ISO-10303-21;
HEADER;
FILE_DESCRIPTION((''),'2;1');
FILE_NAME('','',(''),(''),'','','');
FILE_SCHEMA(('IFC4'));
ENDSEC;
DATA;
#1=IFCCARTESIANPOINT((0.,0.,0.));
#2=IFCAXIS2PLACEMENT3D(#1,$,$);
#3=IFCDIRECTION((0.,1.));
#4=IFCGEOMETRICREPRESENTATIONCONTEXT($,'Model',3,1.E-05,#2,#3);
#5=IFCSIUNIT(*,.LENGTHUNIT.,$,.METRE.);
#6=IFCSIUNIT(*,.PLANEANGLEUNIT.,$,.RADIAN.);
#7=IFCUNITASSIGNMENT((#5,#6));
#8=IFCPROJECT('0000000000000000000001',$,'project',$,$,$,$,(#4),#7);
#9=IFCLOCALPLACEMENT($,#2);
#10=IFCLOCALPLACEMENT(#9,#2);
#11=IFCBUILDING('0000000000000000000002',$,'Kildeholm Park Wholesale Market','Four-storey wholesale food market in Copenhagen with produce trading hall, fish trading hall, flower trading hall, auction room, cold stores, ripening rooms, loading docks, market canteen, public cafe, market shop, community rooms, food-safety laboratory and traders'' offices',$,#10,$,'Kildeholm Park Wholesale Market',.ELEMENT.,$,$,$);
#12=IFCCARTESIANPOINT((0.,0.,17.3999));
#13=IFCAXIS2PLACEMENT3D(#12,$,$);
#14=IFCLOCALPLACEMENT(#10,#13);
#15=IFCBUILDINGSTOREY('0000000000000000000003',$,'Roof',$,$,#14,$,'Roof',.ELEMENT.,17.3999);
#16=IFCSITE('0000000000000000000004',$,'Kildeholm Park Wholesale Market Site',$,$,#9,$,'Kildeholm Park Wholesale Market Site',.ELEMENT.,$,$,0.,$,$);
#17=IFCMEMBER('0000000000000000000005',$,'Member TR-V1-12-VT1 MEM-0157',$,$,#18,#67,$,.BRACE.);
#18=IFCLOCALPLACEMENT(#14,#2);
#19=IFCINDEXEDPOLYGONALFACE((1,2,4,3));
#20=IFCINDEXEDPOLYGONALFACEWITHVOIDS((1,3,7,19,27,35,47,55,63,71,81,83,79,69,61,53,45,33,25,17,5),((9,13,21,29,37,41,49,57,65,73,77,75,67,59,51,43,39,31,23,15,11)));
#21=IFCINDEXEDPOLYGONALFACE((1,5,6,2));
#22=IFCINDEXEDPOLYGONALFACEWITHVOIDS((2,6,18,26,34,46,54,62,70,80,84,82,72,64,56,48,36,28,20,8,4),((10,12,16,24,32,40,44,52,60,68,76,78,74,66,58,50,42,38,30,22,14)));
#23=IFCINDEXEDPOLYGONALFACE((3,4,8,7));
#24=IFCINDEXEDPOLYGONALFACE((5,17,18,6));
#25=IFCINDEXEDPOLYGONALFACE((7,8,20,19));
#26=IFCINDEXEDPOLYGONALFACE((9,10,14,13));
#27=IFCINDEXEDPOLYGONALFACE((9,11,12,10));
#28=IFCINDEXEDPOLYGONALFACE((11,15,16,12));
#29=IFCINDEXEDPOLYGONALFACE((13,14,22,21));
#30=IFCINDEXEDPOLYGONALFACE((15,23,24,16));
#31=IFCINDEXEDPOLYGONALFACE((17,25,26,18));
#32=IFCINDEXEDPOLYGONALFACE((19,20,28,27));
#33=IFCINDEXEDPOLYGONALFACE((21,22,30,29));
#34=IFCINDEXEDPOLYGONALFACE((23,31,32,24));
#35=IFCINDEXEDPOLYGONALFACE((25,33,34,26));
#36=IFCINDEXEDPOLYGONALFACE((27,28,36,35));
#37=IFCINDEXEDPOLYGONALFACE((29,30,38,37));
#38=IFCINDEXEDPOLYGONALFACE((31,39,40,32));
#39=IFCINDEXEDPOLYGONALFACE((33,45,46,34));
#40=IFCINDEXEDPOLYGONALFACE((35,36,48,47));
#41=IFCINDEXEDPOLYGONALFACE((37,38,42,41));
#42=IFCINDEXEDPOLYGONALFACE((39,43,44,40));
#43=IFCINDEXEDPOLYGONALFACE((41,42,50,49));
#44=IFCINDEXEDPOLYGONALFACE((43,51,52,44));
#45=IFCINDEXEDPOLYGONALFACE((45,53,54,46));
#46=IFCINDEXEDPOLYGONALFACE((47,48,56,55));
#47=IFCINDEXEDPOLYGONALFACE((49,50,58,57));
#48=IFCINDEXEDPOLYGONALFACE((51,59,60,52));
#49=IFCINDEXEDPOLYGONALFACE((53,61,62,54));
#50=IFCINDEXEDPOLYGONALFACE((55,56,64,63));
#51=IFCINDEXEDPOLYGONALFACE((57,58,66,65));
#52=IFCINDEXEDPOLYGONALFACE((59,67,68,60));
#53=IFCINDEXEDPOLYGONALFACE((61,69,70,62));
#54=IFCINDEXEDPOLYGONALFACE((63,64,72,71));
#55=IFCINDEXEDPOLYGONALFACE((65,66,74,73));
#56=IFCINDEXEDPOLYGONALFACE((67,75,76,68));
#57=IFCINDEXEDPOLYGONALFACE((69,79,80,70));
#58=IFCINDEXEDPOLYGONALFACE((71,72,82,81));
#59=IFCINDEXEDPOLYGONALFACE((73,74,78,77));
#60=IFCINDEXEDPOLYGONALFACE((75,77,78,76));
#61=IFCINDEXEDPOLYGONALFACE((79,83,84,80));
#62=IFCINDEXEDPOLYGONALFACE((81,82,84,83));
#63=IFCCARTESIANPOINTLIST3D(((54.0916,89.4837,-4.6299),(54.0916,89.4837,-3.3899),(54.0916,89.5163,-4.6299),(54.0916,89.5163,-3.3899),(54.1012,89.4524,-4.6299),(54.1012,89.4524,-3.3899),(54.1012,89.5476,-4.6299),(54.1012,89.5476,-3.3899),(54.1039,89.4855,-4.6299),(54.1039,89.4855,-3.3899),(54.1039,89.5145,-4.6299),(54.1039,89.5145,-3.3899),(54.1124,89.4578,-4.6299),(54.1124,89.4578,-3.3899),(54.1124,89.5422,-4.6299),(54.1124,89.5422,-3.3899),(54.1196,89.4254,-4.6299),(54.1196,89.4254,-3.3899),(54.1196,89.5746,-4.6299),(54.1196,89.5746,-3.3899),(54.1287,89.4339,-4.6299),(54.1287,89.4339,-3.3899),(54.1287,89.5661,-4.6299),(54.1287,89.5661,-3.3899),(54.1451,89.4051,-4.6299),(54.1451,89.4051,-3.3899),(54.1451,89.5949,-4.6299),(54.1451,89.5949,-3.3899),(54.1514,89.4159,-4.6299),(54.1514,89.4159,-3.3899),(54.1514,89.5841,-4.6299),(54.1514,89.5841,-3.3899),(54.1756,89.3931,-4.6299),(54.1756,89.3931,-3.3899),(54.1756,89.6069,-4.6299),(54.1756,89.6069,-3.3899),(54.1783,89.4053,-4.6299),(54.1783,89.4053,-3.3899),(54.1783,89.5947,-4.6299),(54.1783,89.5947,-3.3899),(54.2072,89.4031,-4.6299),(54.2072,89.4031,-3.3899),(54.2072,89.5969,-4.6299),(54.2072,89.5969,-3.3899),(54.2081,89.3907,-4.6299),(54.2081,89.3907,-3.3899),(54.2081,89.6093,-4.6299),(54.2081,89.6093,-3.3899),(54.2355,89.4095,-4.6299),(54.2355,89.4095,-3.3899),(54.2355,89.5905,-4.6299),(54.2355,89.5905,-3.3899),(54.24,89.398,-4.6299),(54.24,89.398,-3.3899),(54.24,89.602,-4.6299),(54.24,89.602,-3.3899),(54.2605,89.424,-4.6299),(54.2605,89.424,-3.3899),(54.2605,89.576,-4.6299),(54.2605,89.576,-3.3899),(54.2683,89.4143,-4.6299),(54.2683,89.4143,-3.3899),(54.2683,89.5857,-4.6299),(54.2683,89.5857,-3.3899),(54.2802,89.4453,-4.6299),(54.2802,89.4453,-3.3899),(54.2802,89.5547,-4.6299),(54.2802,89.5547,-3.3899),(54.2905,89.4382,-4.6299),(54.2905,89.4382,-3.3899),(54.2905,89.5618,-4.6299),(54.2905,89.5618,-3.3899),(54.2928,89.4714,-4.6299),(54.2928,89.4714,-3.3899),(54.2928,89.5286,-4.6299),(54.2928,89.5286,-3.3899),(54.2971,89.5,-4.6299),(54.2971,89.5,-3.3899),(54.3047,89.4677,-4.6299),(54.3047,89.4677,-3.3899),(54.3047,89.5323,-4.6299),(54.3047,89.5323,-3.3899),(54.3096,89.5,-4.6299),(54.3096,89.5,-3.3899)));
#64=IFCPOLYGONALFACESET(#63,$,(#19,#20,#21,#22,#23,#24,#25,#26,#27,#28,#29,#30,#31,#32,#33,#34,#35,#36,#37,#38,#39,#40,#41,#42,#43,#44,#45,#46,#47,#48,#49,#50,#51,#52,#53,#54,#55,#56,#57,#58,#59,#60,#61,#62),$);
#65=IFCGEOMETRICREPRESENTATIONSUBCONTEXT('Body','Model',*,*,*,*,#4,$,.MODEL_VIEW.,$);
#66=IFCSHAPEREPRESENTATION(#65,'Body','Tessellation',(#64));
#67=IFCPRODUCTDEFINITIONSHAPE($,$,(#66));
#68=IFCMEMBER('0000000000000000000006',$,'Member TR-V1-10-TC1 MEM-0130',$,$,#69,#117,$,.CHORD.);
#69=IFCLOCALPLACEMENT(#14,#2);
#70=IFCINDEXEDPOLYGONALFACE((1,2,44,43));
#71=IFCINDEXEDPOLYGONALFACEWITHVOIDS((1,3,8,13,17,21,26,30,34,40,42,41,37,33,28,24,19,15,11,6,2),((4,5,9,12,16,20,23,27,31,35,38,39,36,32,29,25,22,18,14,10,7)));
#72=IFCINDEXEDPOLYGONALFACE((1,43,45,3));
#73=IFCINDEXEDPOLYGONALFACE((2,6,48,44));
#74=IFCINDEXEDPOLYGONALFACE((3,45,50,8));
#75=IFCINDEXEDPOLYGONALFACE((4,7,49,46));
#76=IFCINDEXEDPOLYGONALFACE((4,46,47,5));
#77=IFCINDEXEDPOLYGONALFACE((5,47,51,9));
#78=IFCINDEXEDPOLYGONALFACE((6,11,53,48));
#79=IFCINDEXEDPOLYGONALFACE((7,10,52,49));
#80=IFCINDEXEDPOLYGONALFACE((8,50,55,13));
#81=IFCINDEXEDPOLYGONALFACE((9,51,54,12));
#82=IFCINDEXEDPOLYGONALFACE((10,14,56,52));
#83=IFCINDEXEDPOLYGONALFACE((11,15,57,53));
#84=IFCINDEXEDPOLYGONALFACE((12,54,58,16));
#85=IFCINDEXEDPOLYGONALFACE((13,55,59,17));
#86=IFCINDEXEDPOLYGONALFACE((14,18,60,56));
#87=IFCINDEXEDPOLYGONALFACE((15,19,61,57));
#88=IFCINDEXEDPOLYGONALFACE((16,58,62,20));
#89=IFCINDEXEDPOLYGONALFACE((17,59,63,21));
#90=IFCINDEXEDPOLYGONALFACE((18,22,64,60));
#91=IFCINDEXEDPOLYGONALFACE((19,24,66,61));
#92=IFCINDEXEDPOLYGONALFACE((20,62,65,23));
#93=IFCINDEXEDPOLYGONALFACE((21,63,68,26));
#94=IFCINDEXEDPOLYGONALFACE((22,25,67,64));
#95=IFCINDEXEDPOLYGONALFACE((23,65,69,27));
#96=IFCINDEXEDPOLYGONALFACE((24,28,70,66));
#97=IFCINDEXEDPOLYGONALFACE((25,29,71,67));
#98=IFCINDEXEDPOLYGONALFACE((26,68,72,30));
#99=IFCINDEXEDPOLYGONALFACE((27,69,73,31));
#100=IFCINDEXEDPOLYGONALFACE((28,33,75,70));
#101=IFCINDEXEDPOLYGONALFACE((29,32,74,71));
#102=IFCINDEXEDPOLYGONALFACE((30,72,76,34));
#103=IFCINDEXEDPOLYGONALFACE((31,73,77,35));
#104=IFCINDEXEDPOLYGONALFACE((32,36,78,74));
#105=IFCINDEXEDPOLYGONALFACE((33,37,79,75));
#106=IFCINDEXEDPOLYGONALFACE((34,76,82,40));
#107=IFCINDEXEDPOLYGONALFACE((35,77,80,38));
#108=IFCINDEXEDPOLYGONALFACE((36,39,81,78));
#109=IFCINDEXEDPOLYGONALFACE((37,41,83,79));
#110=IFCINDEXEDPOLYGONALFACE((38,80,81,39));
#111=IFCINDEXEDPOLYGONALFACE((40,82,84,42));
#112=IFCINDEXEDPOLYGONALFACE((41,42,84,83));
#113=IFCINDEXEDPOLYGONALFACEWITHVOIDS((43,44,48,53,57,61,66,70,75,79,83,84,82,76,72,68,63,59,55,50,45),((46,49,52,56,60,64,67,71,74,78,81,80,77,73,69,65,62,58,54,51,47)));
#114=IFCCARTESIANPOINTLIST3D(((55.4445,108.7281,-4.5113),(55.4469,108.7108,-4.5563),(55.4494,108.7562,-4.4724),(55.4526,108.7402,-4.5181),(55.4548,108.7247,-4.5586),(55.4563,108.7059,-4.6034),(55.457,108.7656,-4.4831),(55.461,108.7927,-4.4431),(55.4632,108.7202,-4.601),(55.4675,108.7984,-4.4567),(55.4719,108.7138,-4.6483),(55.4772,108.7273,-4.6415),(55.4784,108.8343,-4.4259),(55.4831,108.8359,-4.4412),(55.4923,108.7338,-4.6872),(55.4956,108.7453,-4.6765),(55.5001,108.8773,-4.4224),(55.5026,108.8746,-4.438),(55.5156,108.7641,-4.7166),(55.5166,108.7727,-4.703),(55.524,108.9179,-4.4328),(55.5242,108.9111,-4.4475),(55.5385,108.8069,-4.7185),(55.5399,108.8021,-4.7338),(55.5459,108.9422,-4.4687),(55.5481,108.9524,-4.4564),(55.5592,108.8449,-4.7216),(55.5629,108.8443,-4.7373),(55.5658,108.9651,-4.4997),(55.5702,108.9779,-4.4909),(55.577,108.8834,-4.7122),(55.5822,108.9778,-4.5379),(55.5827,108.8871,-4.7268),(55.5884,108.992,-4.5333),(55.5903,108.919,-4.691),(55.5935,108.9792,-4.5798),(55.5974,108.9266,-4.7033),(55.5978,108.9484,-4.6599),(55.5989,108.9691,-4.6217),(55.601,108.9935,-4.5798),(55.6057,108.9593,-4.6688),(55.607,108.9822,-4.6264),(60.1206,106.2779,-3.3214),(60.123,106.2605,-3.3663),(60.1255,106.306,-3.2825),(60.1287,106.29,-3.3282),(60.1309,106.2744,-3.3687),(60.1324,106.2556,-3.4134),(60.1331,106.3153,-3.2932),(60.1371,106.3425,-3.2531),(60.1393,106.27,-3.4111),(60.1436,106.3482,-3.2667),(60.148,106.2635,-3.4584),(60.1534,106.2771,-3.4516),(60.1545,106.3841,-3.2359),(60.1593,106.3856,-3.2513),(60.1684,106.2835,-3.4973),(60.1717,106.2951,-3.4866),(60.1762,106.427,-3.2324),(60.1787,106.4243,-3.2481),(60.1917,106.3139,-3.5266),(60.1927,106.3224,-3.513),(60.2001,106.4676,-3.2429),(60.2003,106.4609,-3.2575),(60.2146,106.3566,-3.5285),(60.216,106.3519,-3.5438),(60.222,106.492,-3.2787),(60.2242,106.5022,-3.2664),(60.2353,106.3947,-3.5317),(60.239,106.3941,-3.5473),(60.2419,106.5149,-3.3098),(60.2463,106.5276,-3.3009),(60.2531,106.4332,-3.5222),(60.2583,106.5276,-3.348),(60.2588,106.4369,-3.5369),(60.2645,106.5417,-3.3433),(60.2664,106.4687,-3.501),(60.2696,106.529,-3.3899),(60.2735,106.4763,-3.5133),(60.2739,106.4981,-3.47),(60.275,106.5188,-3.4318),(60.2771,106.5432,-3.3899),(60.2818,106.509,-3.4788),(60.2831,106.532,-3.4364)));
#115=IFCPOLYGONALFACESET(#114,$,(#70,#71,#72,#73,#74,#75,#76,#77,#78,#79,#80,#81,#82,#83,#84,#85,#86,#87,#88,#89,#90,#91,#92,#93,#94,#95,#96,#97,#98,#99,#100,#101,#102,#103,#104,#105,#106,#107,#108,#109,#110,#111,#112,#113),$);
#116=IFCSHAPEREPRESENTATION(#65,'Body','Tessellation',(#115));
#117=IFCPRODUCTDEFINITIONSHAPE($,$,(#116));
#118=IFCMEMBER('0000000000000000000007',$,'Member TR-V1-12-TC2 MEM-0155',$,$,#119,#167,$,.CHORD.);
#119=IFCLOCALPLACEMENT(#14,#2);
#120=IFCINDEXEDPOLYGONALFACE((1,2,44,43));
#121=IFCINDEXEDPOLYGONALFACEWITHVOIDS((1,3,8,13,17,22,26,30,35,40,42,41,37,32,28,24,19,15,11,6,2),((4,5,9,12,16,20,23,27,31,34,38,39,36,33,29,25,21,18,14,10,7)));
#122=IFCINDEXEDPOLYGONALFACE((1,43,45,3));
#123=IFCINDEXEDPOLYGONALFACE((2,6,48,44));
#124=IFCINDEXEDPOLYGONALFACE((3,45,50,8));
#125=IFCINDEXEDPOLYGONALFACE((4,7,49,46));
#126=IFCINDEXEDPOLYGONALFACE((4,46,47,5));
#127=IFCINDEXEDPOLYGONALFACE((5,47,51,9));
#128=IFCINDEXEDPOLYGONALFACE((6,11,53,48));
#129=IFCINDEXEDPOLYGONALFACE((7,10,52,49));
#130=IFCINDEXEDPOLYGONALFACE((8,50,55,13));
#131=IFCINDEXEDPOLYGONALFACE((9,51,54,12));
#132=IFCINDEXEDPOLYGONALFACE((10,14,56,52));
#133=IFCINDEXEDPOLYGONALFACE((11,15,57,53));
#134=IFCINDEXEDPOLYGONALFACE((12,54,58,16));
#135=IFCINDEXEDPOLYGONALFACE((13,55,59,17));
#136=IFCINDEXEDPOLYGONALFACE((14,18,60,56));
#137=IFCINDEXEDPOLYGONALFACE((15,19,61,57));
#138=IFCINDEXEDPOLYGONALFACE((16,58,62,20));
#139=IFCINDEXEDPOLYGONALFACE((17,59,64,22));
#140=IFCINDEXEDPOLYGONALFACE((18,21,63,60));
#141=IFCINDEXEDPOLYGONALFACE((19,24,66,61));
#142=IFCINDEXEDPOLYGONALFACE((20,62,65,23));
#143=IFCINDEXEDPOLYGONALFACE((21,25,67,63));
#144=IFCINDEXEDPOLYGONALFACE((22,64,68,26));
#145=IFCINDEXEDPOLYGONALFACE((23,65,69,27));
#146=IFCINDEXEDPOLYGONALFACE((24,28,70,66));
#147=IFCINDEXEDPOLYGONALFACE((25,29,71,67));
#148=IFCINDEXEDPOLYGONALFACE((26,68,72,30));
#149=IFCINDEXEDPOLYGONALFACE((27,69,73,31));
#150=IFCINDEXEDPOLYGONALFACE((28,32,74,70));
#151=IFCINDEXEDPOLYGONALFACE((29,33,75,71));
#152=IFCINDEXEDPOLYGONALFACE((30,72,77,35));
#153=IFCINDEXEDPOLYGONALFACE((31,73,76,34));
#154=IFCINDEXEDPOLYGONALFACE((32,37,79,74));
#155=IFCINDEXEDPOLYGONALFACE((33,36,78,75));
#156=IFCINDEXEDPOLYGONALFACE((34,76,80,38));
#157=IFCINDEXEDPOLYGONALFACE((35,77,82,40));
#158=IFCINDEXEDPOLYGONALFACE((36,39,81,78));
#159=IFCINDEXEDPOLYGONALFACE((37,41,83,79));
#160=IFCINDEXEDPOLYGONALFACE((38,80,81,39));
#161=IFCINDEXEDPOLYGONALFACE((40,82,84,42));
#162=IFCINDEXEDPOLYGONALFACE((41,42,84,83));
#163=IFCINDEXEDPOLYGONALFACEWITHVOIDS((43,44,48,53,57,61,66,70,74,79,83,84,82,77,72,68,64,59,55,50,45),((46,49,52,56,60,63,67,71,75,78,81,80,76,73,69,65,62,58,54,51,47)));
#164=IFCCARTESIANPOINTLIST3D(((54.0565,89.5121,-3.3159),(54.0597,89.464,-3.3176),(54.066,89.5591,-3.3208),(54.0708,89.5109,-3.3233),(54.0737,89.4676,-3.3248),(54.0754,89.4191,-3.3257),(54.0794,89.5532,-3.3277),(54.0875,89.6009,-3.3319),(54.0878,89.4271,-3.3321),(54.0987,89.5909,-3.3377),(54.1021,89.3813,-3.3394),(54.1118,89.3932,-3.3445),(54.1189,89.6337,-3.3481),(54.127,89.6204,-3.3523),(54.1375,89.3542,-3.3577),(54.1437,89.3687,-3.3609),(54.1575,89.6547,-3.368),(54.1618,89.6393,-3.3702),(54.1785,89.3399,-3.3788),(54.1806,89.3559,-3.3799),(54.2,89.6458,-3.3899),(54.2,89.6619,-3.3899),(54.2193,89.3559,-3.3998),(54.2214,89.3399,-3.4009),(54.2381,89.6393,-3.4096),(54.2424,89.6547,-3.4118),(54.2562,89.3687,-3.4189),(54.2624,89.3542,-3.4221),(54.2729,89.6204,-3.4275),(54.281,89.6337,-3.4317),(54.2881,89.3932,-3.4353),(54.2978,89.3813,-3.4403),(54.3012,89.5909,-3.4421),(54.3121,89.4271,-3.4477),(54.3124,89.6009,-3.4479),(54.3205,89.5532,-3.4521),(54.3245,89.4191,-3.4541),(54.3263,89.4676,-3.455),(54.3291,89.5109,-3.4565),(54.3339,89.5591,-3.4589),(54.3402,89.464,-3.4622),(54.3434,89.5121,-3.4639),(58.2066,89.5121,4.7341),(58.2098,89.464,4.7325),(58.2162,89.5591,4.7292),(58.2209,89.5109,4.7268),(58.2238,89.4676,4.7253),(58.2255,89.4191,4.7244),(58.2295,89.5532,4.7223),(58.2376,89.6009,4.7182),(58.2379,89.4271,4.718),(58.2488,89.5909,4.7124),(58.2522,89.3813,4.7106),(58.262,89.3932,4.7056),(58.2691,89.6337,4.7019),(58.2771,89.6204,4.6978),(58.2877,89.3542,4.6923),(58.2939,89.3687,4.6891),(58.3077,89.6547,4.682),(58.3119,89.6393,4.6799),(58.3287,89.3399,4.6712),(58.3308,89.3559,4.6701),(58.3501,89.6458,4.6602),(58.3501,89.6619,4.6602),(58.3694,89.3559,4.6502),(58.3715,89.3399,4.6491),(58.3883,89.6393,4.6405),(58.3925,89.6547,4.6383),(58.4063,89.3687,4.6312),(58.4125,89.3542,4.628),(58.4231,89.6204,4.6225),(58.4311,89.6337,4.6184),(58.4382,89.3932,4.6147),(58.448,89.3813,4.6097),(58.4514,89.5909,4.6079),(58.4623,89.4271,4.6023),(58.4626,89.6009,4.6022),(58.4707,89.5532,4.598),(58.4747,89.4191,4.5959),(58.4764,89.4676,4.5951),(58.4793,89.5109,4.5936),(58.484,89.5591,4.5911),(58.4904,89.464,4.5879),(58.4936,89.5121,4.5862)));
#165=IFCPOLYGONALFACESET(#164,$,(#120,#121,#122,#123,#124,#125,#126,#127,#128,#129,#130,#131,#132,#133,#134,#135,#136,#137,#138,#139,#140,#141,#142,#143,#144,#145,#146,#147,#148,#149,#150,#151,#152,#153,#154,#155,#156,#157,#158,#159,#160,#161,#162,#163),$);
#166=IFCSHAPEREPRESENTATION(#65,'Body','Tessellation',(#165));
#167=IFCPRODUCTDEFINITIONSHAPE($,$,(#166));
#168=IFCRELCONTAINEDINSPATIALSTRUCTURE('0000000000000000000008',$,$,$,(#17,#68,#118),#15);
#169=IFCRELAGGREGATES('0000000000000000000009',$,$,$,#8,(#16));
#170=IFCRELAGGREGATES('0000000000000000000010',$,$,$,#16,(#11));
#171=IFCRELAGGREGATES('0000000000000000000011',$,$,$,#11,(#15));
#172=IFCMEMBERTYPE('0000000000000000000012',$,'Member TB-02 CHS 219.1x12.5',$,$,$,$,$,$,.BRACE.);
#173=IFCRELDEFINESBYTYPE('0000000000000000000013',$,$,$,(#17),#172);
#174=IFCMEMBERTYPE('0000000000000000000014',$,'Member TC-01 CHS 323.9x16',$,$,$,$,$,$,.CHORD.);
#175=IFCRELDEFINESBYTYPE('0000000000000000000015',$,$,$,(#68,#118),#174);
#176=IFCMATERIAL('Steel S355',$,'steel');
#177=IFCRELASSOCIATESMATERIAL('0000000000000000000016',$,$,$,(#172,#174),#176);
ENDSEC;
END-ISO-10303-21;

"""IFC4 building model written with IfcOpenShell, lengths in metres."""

from ifc_helpers import new_model, si_unit, direction, frame, origin, origin_2d, place, context, subcontext, project, spatial, hollow_circle, extrude, material, material_profile, profile_set, type_object, element, save


model = new_model("IFC4")

# Units and contexts
model_context = context("Model", 3, precision=1e-05, world=origin(), true_north=direction((0.0, 1.0)))
body_context = subcontext(model_context, "Body", "Model", "MODEL_VIEW")
ifc_project = project(units=[si_unit("LENGTHUNIT", "METRE"), si_unit("PLANEANGLEUNIT", "RADIAN")], contexts=[model_context])

# Site, building, storey
site_placement = place(None, origin())
site = spatial("IfcSite", under=ifc_project, at=site_placement, Name="Kildeholm Park Wholesale Market Site", LongName="Kildeholm Park Wholesale Market Site", CompositionType="ELEMENT", RefElevation=0.0)
building_placement = place(site_placement, origin())
building = spatial("IfcBuilding", under=site, at=building_placement, Name="Kildeholm Park Wholesale Market", Description="Four-storey wholesale food market in Copenhagen with produce trading hall, fish trading hall, flower trading hall, auction room, cold stores, ripening rooms, loading docks, market canteen, public cafe, market shop, community rooms, food-safety laboratory and traders' offices", LongName="Kildeholm Park Wholesale Market", CompositionType="ELEMENT")
storey_placement = place(building_placement, frame((0.0, 0.0, 17.3999)))
storey = spatial("IfcBuildingStorey", under=building, at=storey_placement, Name="Roof", LongName="Roof", CompositionType="ELEMENT", Elevation=17.3999)

# Shared definitions
ifc_material_1 = material(Name="Steel S355", Category="steel")

# Members
ifc_material_profile_1 = material_profile(ifc_material_1, hollow_circle(Radius=0.1096, WallThickness=0.0125, at=origin_2d()), Name="CHS 219.1x12.5")
ifc_profile_set_1 = profile_set([ifc_material_profile_1], Name="Steel S355")
member_type_1 = type_object("IfcMemberType", Name="Member TB-02 CHS 219.1x12.5", PredefinedType="BRACE", material=ifc_profile_set_1)
for number, where, z_axis, x_axis, name in (
    (1, (54.2, 89.5, -4.6299), (0.0, 0.0, 1.0), (1.0, 0.0, 0.0), "Member TR-V1-12-VT1 MEM-0157"),
):
    element("IfcMember", number, at=place(storey_placement, frame(where, z_axis=z_axis, x_axis=x_axis)), inside=storey, type_object=member_type_1, Name=name, PredefinedType="BRACE", context=body_context, shape_type="SweptSolid", body=[
        extrude(hollow_circle(Radius=0.1096, WallThickness=0.0125, at=origin_2d()), origin(), (0.0, 0.0, 1.0), 1.24),
    ])
ifc_material_profile_2 = material_profile(ifc_material_1, hollow_circle(Radius=0.1619, WallThickness=0.0161, at=origin_2d()), Name="CHS 323.9x16")
ifc_profile_set_2 = profile_set([ifc_material_profile_2], Name="Steel S355")
member_type_2 = type_object("IfcMemberType", Name="Member TC-01 CHS 323.9x16", PredefinedType="CHORD", material=ifc_profile_set_2)
member_1_placement = place(storey_placement, frame((55.5259, 108.8501, -4.5798), z_axis=(0.864086, -0.452773, 0.21989), x_axis=(0.464133, 0.885765, 0.0)))
element("IfcMember", 2, at=member_1_placement, inside=storey, type_object=member_type_2, Name="Member TR-V1-10-TC1 MEM-0130", PredefinedType="CHORD", context=body_context, shape_type="SweptSolid", body=[
    extrude(hollow_circle(Radius=0.1619, WallThickness=0.0161, at=origin_2d()), origin(), (0.0, 0.0, 1.0), 5.4116),
])
member_2_placement = place(storey_placement, frame((54.2, 89.5, -3.3899), z_axis=(0.458232, 0.0, 0.888833), x_axis=(0.0, 1.0, 0.0)))
element("IfcMember", 3, at=member_2_placement, inside=storey, type_object=member_type_2, Name="Member TR-V1-12-TC2 MEM-0155", PredefinedType="CHORD", context=body_context, shape_type="SweptSolid", body=[
    extrude(hollow_circle(Radius=0.1619, WallThickness=0.0161, at=origin_2d()), origin(), (0.0, 0.0, 1.0), 9.0569),
])

save(model, "model.ifc")
